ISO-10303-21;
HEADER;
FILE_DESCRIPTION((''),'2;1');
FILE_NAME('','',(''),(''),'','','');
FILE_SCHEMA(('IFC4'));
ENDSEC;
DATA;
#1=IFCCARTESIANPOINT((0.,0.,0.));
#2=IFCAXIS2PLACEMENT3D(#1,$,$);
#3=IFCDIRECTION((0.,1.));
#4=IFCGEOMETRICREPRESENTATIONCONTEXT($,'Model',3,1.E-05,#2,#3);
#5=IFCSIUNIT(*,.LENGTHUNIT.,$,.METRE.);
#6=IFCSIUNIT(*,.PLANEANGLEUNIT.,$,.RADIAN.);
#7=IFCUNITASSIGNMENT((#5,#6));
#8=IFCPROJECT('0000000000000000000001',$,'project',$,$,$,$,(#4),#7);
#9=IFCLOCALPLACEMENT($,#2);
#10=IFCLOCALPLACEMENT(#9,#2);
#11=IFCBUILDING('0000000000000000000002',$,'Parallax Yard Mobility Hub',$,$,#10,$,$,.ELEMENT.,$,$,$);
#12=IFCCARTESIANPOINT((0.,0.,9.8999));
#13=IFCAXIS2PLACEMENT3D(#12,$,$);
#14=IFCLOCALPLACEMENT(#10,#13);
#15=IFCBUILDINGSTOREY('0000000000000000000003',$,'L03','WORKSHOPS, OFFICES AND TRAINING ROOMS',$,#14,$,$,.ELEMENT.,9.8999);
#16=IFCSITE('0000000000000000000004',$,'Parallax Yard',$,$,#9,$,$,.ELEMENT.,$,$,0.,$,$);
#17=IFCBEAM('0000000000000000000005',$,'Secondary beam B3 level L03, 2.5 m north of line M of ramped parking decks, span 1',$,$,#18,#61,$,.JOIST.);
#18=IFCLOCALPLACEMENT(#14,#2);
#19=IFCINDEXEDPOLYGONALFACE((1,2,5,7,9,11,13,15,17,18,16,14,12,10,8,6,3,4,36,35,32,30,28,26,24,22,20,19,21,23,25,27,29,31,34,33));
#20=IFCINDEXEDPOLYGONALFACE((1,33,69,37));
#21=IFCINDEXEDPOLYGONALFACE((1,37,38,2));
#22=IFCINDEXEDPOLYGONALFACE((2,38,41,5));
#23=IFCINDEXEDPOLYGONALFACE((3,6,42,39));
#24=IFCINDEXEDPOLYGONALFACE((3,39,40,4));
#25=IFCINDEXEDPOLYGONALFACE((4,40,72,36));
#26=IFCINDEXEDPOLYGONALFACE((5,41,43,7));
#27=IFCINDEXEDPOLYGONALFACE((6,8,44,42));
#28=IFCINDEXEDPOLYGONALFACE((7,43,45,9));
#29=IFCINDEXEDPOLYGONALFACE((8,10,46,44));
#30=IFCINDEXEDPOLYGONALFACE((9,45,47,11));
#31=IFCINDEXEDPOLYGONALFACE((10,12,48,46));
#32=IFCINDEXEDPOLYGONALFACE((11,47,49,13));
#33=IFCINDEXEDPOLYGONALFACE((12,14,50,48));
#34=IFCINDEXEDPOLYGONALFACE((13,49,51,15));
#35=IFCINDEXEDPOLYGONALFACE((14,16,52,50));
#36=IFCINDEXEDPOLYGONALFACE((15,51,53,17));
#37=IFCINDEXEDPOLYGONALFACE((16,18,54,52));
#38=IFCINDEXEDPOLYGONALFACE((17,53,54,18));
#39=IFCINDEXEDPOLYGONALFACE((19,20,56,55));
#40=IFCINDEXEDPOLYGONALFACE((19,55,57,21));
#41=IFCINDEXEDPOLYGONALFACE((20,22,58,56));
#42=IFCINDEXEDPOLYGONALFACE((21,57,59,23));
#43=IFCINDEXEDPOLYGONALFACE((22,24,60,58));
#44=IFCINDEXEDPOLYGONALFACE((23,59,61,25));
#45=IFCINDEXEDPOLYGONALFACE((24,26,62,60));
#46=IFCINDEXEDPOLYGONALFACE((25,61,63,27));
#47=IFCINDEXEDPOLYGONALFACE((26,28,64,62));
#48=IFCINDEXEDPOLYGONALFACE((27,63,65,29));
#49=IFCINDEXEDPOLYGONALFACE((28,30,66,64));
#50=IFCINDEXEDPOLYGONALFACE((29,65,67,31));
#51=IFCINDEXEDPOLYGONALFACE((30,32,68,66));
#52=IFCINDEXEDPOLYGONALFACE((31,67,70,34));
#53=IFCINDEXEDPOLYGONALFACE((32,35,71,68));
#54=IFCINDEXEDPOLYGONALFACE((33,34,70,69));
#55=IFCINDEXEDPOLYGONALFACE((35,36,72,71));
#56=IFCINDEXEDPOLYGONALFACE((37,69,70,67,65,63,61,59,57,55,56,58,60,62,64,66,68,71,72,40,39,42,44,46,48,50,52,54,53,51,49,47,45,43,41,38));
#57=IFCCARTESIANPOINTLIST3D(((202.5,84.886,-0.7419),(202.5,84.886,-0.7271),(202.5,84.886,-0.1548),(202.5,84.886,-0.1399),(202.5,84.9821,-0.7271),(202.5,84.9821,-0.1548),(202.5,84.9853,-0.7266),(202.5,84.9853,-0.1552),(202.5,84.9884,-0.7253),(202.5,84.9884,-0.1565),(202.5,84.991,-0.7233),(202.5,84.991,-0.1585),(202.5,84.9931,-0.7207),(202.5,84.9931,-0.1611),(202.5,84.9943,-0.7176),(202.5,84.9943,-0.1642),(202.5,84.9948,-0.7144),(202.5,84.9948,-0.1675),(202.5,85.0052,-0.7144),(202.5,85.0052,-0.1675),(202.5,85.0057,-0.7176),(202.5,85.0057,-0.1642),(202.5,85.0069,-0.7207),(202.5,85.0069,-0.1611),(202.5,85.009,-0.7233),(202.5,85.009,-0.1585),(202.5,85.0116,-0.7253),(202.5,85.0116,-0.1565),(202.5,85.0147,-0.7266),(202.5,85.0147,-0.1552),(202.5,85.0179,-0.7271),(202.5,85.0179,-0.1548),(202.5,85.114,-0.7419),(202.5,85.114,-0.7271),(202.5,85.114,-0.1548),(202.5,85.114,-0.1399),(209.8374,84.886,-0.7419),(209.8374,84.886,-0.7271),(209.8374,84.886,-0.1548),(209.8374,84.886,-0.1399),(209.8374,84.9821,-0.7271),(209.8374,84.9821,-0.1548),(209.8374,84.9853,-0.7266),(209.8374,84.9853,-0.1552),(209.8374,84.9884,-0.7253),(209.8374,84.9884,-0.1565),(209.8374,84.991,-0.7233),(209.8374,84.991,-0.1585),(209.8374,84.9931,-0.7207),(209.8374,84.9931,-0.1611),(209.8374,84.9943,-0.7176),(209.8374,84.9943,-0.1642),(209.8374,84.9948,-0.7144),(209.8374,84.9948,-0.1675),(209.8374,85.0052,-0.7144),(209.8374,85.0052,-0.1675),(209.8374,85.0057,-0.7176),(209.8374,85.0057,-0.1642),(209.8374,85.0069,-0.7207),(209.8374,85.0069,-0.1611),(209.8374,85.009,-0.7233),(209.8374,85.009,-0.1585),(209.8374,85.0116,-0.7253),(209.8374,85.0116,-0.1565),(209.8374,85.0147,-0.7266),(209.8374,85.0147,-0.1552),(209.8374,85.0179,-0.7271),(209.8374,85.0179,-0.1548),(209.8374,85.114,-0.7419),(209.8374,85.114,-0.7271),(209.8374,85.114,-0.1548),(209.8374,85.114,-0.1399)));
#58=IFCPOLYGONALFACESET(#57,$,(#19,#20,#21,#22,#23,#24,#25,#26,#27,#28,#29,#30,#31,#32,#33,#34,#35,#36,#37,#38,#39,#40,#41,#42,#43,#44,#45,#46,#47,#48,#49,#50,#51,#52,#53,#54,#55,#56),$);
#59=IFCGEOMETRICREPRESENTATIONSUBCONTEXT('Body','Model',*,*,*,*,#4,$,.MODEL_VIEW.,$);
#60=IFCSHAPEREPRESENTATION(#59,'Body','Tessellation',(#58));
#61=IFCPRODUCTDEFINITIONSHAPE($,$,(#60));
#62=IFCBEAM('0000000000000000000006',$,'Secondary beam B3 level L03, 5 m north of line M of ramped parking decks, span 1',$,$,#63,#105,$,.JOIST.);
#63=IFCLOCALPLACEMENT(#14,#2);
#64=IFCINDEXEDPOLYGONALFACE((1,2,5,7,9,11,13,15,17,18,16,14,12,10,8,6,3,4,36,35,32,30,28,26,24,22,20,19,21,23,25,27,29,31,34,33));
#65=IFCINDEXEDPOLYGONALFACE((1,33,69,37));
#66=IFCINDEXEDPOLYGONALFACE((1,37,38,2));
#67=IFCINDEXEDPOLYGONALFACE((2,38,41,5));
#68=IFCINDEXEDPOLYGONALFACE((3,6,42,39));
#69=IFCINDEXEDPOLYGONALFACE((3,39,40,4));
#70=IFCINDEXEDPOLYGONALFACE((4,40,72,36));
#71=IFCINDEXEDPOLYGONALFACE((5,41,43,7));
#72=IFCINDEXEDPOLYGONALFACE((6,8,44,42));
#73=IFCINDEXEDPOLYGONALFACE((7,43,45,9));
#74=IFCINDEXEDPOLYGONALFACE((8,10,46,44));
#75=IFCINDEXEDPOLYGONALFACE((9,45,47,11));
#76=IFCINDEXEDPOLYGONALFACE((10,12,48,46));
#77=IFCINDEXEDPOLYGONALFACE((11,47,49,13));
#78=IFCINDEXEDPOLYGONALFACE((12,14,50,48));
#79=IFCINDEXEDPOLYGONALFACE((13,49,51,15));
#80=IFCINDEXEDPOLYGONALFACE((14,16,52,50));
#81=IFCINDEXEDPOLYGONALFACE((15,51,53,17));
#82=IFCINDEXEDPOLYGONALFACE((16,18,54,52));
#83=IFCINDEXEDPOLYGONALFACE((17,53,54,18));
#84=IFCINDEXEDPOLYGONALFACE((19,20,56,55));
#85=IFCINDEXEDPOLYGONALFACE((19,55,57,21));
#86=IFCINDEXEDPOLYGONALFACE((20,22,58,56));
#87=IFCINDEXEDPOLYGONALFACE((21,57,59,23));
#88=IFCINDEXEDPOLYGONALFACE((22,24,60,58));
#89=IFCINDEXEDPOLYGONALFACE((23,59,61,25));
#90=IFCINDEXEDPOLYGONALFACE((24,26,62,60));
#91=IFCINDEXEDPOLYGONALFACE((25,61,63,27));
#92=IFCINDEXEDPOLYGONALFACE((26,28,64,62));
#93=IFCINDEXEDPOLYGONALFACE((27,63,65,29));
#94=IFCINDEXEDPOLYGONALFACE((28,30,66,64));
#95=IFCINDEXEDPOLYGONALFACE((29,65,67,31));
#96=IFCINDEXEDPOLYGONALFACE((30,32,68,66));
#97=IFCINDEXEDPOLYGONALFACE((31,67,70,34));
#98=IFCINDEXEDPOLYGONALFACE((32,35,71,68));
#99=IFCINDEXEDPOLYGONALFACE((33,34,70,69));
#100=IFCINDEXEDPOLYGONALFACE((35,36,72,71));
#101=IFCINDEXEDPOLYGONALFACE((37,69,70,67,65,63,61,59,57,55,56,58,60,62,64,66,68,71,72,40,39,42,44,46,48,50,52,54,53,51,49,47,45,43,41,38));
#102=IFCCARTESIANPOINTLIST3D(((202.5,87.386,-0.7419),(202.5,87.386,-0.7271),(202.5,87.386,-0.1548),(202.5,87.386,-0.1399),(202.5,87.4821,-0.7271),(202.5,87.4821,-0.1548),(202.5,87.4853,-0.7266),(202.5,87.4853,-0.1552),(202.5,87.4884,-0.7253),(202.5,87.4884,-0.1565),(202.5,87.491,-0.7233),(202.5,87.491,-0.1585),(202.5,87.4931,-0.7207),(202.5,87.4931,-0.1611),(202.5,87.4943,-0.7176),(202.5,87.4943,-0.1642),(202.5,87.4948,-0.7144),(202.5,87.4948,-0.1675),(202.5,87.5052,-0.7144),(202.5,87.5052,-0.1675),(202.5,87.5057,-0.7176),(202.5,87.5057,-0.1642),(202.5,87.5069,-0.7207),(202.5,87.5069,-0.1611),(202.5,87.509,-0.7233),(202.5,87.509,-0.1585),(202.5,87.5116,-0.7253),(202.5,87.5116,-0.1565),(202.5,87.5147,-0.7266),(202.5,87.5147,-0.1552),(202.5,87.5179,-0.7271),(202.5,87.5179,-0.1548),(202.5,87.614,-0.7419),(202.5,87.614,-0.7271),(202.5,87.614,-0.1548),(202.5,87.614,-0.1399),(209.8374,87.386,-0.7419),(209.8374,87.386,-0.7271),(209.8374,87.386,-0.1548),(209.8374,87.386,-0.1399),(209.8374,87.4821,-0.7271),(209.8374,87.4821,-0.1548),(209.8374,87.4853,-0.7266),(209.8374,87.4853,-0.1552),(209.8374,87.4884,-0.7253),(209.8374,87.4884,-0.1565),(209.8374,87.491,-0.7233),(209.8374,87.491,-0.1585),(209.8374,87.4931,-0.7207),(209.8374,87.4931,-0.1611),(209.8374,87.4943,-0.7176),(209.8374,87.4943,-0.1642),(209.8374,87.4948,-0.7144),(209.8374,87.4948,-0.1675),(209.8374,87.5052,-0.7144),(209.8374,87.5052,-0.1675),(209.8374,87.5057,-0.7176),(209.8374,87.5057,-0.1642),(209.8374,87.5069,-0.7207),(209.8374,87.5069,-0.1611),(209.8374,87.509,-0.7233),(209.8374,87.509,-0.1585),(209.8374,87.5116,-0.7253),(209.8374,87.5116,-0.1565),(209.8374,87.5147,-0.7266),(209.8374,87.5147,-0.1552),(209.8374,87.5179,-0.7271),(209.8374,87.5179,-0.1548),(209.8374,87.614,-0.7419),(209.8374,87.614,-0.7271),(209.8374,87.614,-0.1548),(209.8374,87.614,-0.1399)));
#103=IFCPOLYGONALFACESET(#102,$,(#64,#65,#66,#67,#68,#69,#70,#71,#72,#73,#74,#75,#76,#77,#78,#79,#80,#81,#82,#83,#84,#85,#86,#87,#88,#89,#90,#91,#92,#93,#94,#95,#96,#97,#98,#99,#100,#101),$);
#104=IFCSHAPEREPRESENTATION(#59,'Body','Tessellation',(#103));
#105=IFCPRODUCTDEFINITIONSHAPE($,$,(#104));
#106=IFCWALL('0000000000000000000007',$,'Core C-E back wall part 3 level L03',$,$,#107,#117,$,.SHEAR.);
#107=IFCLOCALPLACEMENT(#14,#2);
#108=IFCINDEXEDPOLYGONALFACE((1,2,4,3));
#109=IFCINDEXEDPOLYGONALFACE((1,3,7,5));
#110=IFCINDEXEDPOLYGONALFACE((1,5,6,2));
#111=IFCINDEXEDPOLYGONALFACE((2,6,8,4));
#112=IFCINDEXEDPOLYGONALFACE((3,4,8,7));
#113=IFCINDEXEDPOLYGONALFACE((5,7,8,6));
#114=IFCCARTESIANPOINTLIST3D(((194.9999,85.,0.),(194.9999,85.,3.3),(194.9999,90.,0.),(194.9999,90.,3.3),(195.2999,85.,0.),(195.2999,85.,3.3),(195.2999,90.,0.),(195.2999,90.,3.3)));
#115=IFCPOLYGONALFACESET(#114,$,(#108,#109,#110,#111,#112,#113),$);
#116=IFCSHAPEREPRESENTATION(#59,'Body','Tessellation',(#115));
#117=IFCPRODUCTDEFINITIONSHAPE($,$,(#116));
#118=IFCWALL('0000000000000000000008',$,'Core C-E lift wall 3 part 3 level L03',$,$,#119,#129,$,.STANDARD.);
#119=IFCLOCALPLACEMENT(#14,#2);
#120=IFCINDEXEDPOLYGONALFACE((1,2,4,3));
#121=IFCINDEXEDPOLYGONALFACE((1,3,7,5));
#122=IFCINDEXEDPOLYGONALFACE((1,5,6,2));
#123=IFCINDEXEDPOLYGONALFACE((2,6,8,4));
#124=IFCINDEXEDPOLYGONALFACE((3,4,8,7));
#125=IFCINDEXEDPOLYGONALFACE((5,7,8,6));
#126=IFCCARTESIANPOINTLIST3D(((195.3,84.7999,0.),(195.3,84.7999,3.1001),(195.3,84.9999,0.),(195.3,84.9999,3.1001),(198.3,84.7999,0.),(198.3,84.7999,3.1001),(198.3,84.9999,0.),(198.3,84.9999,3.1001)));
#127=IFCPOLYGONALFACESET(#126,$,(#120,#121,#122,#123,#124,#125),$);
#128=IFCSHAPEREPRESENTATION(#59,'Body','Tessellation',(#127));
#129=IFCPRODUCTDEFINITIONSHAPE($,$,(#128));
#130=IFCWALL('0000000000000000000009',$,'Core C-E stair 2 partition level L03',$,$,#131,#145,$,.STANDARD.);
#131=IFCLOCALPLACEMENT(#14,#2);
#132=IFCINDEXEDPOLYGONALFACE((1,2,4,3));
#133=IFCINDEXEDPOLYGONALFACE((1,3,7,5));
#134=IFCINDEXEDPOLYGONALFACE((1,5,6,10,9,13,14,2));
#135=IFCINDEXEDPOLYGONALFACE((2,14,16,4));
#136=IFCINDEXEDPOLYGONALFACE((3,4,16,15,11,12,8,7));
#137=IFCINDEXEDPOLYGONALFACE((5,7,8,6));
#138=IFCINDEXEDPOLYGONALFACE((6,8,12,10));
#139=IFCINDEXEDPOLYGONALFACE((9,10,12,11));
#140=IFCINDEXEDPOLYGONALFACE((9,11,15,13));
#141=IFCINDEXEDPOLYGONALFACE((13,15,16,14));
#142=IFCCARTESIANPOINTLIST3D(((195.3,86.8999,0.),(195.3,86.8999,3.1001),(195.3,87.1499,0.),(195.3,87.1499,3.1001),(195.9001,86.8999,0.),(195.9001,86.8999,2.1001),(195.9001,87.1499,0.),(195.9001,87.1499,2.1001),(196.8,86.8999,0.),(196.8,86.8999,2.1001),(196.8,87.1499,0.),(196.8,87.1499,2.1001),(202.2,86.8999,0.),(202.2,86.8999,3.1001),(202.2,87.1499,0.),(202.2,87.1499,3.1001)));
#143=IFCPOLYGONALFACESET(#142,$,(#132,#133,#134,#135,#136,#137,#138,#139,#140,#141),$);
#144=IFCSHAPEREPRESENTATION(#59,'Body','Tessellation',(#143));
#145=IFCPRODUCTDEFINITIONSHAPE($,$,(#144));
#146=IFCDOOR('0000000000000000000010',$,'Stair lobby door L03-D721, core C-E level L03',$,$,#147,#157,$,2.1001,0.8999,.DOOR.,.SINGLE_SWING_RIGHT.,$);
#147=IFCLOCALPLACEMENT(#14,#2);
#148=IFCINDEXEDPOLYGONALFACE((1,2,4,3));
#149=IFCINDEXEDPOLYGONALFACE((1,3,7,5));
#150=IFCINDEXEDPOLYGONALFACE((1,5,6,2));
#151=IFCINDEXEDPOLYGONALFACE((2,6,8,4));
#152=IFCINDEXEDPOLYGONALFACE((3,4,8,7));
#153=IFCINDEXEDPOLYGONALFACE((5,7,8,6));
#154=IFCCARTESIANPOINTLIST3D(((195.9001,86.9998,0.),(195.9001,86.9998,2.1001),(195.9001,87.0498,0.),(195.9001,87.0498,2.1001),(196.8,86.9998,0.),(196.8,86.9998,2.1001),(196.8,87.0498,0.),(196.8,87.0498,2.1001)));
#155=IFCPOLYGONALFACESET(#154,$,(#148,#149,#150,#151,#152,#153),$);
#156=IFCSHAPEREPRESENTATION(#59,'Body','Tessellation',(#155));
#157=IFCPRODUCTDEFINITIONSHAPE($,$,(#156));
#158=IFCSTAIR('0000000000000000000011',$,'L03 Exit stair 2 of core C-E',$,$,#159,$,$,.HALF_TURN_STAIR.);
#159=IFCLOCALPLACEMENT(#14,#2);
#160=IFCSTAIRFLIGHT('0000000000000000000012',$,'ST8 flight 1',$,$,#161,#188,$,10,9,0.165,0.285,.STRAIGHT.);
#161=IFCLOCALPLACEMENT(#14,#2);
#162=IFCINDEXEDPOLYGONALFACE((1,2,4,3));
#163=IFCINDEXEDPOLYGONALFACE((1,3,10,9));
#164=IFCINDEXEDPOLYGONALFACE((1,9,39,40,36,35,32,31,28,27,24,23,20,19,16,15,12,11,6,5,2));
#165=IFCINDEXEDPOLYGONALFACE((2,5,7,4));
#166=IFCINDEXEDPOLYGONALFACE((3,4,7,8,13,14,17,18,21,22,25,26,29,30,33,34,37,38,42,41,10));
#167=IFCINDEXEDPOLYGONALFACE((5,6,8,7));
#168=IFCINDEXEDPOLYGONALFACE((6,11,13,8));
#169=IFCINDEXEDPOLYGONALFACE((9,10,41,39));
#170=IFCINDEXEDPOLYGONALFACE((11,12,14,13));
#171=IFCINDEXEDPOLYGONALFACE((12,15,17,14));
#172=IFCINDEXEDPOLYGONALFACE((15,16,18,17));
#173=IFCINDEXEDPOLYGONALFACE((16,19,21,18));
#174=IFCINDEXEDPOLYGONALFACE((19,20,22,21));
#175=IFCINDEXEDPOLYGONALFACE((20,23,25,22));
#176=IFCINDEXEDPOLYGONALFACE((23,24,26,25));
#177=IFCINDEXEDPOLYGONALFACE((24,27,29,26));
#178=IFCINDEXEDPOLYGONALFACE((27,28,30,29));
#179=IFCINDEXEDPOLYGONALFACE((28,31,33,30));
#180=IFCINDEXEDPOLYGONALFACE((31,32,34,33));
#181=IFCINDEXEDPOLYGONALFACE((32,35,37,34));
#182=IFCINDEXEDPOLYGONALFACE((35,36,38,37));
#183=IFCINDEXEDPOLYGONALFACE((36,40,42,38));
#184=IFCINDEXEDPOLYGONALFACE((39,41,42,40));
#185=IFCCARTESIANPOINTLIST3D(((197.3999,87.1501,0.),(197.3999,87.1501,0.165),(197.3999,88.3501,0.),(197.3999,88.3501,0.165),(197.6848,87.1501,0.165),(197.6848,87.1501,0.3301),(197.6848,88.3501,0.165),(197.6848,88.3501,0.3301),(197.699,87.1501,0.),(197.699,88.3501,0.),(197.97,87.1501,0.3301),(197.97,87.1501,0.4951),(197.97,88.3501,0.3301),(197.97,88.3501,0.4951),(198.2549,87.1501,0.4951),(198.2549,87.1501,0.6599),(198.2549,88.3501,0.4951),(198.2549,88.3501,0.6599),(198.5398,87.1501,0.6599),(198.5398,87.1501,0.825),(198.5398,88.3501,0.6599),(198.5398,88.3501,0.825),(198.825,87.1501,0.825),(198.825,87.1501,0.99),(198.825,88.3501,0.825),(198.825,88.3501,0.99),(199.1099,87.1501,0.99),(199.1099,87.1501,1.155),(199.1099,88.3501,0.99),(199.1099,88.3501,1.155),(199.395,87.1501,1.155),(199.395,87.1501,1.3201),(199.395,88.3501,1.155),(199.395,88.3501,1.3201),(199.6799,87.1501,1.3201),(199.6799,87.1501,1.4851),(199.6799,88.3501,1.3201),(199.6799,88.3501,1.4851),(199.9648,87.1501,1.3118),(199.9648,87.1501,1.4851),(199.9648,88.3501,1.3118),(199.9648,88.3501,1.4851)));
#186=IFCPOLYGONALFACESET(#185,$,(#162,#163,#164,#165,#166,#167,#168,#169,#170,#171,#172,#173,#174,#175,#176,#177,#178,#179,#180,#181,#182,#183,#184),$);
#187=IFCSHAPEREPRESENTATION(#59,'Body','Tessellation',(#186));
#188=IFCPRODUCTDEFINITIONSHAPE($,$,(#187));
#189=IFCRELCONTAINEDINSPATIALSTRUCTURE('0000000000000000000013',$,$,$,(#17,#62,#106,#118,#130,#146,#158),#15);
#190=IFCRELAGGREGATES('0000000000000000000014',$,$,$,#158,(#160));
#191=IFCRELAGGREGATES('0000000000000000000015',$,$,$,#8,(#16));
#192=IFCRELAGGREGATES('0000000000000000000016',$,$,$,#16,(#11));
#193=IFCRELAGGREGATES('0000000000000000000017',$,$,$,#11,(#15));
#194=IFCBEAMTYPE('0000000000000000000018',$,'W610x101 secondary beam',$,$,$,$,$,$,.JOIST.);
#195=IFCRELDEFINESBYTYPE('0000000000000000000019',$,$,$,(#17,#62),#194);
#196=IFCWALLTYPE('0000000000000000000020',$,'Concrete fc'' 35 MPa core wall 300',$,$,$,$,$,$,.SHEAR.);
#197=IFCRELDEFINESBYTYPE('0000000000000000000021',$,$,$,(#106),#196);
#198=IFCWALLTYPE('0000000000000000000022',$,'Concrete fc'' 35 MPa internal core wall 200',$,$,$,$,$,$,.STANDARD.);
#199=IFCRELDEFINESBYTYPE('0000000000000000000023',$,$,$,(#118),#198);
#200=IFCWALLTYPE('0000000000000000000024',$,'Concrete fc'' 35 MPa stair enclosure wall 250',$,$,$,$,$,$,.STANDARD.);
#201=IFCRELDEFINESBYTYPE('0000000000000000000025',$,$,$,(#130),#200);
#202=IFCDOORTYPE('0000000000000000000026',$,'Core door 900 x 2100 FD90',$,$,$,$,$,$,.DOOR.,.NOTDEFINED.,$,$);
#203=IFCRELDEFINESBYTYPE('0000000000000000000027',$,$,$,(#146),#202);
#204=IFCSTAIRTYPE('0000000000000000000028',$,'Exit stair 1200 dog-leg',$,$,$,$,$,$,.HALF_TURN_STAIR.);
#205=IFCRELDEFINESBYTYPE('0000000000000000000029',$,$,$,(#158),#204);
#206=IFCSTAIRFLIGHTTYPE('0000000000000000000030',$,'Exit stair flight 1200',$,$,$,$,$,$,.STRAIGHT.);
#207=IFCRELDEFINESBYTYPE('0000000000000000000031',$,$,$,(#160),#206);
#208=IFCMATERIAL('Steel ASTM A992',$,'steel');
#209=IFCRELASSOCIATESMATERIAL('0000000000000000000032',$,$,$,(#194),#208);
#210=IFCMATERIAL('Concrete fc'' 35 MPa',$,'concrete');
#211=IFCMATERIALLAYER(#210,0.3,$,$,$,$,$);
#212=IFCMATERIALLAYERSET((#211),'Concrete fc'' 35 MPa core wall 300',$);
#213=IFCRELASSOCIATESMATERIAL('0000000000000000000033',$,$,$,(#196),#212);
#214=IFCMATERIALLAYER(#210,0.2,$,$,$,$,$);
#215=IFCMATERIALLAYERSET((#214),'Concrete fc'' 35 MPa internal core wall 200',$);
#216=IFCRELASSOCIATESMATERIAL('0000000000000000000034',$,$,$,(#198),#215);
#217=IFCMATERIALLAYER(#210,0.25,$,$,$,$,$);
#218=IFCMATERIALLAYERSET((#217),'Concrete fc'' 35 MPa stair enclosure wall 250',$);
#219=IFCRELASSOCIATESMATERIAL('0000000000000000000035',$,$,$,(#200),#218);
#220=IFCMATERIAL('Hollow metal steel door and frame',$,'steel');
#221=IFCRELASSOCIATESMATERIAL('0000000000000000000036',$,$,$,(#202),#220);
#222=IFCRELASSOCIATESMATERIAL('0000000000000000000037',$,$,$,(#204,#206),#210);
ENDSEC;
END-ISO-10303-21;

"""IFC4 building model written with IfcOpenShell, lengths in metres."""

from ifc_helpers import new_model, si_unit, direction, frame, frame_2d, origin, origin_2d, place, context, subcontext, project, spatial, polyline, rectangle, i_section, outline, extrude, material, layer, layer_set, material_profile, profile_set, type_object, element, fill, aggregate, save


model = new_model("IFC4")

# Units and contexts
model_context = context("Model", 3, precision=1e-05, world=origin(), true_north=direction((0.0, 1.0)))
body_context = subcontext(model_context, "Body", "Model", "MODEL_VIEW")
ifc_project = project(units=[si_unit("LENGTHUNIT", "METRE"), si_unit("PLANEANGLEUNIT", "RADIAN")], contexts=[model_context])

# Site, building, storey
site_placement = place(None, origin())
site = spatial("IfcSite", under=ifc_project, at=site_placement, Name="Parallax Yard", CompositionType="ELEMENT", RefElevation=0.0)
building_placement = place(site_placement, origin())
building = spatial("IfcBuilding", under=site, at=building_placement, Name="Parallax Yard Mobility Hub", CompositionType="ELEMENT")
storey_placement = place(building_placement, frame((0.0, 0.0, 9.8999)))
storey = spatial("IfcBuildingStorey", under=building, at=storey_placement, Name="L03", Description="WORKSHOPS, OFFICES AND TRAINING ROOMS", CompositionType="ELEMENT", Elevation=9.8999)

# Beams
ifc_material_1 = material(Name="Steel ASTM A992", Category="steel")
ifc_material_profile_1 = material_profile(ifc_material_1, i_section(OverallWidth=0.228, OverallDepth=0.6021, WebThickness=0.0105, FlangeThickness=0.0149, FilletRadius=0.0127, at=origin_2d()), Name="W610x101")
ifc_profile_set_1 = profile_set([ifc_material_profile_1], Name="Steel ASTM A992")
beam_type = type_object("IfcBeamType", Name="W610x101 secondary beam", PredefinedType="JOIST", material=ifc_profile_set_1)
for number, where, z_axis, x_axis, name in (
    (1, (202.5, 85.0, -0.4409), (1.0, 0.0, 0.0), (0.0, 1.0, 0.0), "Secondary beam B3 level L03, 2.5 m north of line M of ramped parking decks, span 1"),
    (2, (202.5, 87.5, -0.4409), (1.0, 0.0, 0.0), (0.0, 1.0, 0.0), "Secondary beam B3 level L03, 5 m north of line M of ramped parking decks, span 1"),
):
    element("IfcBeam", number, at=place(storey_placement, frame(where, z_axis=z_axis, x_axis=x_axis)), inside=storey, type_object=beam_type, Name=name, PredefinedType="JOIST", context=body_context, shape_type="SweptSolid", body=[
        extrude(i_section(OverallWidth=0.228, OverallDepth=0.6021, WebThickness=0.0105, FlangeThickness=0.0149, FilletRadius=0.0127, at=origin_2d()), origin(), (0.0, 0.0, 1.0), 7.3374),
    ])

# Walls
ifc_material_2 = material(Name="Concrete fc' 35 MPa", Category="concrete")
ifc_layer_1 = layer(ifc_material_2, 0.3)
ifc_layer_set_1 = layer_set([ifc_layer_1], Name="Concrete fc' 35 MPa core wall 300")
wall_type_1 = type_object("IfcWallType", Name="Concrete fc' 35 MPa core wall 300", PredefinedType="SHEAR", material=ifc_layer_set_1)
wall_1_placement = place(storey_placement, frame((195.1499, 85.0, 0.0), z_axis=(0.0, 0.0, 1.0), x_axis=(0.0, 1.0, 0.0)))
element("IfcWall", 3, at=wall_1_placement, inside=storey, type_object=wall_type_1, Name="Core C-E back wall part 3 level L03", PredefinedType="SHEAR", context=body_context, shape_type="SweptSolid", body=[
    extrude(rectangle(XDim=5.0, YDim=0.3, at=frame_2d((2.5, 0.0))), origin(), (0.0, 0.0, 1.0), 3.3),
])
ifc_layer_2 = layer(ifc_material_2, 0.2)
ifc_layer_set_2 = layer_set([ifc_layer_2], Name="Concrete fc' 35 MPa internal core wall 200")
wall_type_2 = type_object("IfcWallType", Name="Concrete fc' 35 MPa internal core wall 200", PredefinedType="STANDARD", material=ifc_layer_set_2)
wall_2_placement = place(storey_placement, frame((198.3, 84.8999, 0.0), z_axis=(0.0, 0.0, 1.0), x_axis=(-1.0, 0.0, 0.0)))
element("IfcWall", 4, at=wall_2_placement, inside=storey, type_object=wall_type_2, Name="Core C-E lift wall 3 part 3 level L03", PredefinedType="STANDARD", context=body_context, shape_type="SweptSolid", body=[
    extrude(rectangle(XDim=3.0, YDim=0.2, at=frame_2d((1.5, 0.0))), origin(), (0.0, 0.0, 1.0), 3.1001),
])

# Wall, opening, door
ifc_layer_3 = layer(ifc_material_2, 0.25)
ifc_layer_set_3 = layer_set([ifc_layer_3], Name="Concrete fc' 35 MPa stair enclosure wall 250")
wall_type_3 = type_object("IfcWallType", Name="Concrete fc' 35 MPa stair enclosure wall 250", PredefinedType="STANDARD", material=ifc_layer_set_3)
wall_3_placement = place(storey_placement, frame((195.3, 87.0249, 0.0), z_axis=(0.0, 0.0, 1.0), x_axis=(1.0, 0.0, 0.0)))
wall_3 = element("IfcWall", 5, at=wall_3_placement, inside=storey, type_object=wall_type_3, Name="Core C-E stair 2 partition level L03", PredefinedType="STANDARD", context=body_context, shape_type="SweptSolid", body=[
    extrude(rectangle(XDim=6.8999, YDim=0.25, at=frame_2d((3.45, 0.0))), origin(), (0.0, 0.0, 1.0), 3.1001),
])
opening_placement = place(wall_3_placement, frame((0.6001, 0.0, 0.0)))
opening = element("IfcOpeningElement", 6, at=opening_placement, cuts=wall_3, PredefinedType="OPENING", context=body_context, shape_type="SweptSolid", body=[
    extrude(rectangle(XDim=0.8999, YDim=2.1001, at=frame_2d((0.45, 1.05))), frame((0.0, 0.135, 0.0), z_axis=(0.0, -1.0, 0.0), x_axis=(1.0, 0.0, 0.0)), (0.0, 0.0, 1.0), 0.27),
])
ifc_material_3 = material(Name="Hollow metal steel door and frame", Category="steel")
door_type = type_object("IfcDoorType", Name="Core door 900 x 2100 FD90", OperationType="NOTDEFINED", PredefinedType="DOOR", material=ifc_material_3)
door_placement = place(opening_placement, origin())
door = element("IfcDoor", 7, at=door_placement, inside=storey, type_object=door_type, Name="Stair lobby door L03-D721, core C-E level L03", OperationType="SINGLE_SWING_RIGHT", OverallHeight=2.1001, OverallWidth=0.8999, PredefinedType="DOOR", context=body_context, shape_type="SweptSolid", body=[
    extrude(rectangle(XDim=0.8999, YDim=2.1001, at=frame_2d((0.45, 1.05))), frame((0.0, 0.0249, 0.0), z_axis=(0.0, -1.0, 0.0), x_axis=(1.0, 0.0, 0.0)), (0.0, 0.0, 1.0), 0.05),
])
fill(opening, door)

# Stair, stair flight
stair_type = type_object("IfcStairType", Name="Exit stair 1200 dog-leg", PredefinedType="HALF_TURN_STAIR", material=ifc_material_2)
stair_placement = place(storey_placement, origin())
stair = element("IfcStair", 8, at=stair_placement, inside=storey, type_object=stair_type, Name="L03 Exit stair 2 of core C-E", PredefinedType="HALF_TURN_STAIR")
stair_flight_type = type_object("IfcStairFlightType", Name="Exit stair flight 1200", PredefinedType="STRAIGHT", material=ifc_material_2)
stair_flight_placement = place(storey_placement, frame((197.3999, 87.75, 0.0), z_axis=(0.0, 0.0, 1.0), x_axis=(1.0, 0.0, 0.0)))
stair_flight = element("IfcStairFlight", 9, at=stair_flight_placement, type_object=stair_flight_type, Name="ST8 flight 1", NumberOfRisers=10, NumberOfTreads=9, PredefinedType="STRAIGHT", RiserHeight=0.165, TreadLength=0.285, context=body_context, shape_type="SweptSolid", body=[
    extrude(outline(polyline([(0.0, 0.0), (0.0, 0.165), (0.2849, 0.165), (0.2849, 0.3301), (0.5701, 0.3301), (0.5701, 0.4951), (0.855, 0.4951), (0.855, 0.6599), (1.1399, 0.6599), (1.1399, 0.825), (1.425, 0.825), (1.425, 0.99), (1.71, 0.99), (1.71, 1.155), (1.9951, 1.155), (1.9951, 1.3201), (2.28, 1.3201), (2.28, 1.4851), (2.5649, 1.4851), (2.5649, 1.6499), (2.5649, 1.3118), (0.2991, 0.0), (0.0, 0.0)])), frame((0.0, 0.6001, 0.0), z_axis=(0.0, -1.0, 0.0), x_axis=(1.0, 0.0, 0.0)), (0.0, 0.0, 1.0), 1.2),
])
aggregate(stair, [stair_flight])

save(model, "model.ifc")
